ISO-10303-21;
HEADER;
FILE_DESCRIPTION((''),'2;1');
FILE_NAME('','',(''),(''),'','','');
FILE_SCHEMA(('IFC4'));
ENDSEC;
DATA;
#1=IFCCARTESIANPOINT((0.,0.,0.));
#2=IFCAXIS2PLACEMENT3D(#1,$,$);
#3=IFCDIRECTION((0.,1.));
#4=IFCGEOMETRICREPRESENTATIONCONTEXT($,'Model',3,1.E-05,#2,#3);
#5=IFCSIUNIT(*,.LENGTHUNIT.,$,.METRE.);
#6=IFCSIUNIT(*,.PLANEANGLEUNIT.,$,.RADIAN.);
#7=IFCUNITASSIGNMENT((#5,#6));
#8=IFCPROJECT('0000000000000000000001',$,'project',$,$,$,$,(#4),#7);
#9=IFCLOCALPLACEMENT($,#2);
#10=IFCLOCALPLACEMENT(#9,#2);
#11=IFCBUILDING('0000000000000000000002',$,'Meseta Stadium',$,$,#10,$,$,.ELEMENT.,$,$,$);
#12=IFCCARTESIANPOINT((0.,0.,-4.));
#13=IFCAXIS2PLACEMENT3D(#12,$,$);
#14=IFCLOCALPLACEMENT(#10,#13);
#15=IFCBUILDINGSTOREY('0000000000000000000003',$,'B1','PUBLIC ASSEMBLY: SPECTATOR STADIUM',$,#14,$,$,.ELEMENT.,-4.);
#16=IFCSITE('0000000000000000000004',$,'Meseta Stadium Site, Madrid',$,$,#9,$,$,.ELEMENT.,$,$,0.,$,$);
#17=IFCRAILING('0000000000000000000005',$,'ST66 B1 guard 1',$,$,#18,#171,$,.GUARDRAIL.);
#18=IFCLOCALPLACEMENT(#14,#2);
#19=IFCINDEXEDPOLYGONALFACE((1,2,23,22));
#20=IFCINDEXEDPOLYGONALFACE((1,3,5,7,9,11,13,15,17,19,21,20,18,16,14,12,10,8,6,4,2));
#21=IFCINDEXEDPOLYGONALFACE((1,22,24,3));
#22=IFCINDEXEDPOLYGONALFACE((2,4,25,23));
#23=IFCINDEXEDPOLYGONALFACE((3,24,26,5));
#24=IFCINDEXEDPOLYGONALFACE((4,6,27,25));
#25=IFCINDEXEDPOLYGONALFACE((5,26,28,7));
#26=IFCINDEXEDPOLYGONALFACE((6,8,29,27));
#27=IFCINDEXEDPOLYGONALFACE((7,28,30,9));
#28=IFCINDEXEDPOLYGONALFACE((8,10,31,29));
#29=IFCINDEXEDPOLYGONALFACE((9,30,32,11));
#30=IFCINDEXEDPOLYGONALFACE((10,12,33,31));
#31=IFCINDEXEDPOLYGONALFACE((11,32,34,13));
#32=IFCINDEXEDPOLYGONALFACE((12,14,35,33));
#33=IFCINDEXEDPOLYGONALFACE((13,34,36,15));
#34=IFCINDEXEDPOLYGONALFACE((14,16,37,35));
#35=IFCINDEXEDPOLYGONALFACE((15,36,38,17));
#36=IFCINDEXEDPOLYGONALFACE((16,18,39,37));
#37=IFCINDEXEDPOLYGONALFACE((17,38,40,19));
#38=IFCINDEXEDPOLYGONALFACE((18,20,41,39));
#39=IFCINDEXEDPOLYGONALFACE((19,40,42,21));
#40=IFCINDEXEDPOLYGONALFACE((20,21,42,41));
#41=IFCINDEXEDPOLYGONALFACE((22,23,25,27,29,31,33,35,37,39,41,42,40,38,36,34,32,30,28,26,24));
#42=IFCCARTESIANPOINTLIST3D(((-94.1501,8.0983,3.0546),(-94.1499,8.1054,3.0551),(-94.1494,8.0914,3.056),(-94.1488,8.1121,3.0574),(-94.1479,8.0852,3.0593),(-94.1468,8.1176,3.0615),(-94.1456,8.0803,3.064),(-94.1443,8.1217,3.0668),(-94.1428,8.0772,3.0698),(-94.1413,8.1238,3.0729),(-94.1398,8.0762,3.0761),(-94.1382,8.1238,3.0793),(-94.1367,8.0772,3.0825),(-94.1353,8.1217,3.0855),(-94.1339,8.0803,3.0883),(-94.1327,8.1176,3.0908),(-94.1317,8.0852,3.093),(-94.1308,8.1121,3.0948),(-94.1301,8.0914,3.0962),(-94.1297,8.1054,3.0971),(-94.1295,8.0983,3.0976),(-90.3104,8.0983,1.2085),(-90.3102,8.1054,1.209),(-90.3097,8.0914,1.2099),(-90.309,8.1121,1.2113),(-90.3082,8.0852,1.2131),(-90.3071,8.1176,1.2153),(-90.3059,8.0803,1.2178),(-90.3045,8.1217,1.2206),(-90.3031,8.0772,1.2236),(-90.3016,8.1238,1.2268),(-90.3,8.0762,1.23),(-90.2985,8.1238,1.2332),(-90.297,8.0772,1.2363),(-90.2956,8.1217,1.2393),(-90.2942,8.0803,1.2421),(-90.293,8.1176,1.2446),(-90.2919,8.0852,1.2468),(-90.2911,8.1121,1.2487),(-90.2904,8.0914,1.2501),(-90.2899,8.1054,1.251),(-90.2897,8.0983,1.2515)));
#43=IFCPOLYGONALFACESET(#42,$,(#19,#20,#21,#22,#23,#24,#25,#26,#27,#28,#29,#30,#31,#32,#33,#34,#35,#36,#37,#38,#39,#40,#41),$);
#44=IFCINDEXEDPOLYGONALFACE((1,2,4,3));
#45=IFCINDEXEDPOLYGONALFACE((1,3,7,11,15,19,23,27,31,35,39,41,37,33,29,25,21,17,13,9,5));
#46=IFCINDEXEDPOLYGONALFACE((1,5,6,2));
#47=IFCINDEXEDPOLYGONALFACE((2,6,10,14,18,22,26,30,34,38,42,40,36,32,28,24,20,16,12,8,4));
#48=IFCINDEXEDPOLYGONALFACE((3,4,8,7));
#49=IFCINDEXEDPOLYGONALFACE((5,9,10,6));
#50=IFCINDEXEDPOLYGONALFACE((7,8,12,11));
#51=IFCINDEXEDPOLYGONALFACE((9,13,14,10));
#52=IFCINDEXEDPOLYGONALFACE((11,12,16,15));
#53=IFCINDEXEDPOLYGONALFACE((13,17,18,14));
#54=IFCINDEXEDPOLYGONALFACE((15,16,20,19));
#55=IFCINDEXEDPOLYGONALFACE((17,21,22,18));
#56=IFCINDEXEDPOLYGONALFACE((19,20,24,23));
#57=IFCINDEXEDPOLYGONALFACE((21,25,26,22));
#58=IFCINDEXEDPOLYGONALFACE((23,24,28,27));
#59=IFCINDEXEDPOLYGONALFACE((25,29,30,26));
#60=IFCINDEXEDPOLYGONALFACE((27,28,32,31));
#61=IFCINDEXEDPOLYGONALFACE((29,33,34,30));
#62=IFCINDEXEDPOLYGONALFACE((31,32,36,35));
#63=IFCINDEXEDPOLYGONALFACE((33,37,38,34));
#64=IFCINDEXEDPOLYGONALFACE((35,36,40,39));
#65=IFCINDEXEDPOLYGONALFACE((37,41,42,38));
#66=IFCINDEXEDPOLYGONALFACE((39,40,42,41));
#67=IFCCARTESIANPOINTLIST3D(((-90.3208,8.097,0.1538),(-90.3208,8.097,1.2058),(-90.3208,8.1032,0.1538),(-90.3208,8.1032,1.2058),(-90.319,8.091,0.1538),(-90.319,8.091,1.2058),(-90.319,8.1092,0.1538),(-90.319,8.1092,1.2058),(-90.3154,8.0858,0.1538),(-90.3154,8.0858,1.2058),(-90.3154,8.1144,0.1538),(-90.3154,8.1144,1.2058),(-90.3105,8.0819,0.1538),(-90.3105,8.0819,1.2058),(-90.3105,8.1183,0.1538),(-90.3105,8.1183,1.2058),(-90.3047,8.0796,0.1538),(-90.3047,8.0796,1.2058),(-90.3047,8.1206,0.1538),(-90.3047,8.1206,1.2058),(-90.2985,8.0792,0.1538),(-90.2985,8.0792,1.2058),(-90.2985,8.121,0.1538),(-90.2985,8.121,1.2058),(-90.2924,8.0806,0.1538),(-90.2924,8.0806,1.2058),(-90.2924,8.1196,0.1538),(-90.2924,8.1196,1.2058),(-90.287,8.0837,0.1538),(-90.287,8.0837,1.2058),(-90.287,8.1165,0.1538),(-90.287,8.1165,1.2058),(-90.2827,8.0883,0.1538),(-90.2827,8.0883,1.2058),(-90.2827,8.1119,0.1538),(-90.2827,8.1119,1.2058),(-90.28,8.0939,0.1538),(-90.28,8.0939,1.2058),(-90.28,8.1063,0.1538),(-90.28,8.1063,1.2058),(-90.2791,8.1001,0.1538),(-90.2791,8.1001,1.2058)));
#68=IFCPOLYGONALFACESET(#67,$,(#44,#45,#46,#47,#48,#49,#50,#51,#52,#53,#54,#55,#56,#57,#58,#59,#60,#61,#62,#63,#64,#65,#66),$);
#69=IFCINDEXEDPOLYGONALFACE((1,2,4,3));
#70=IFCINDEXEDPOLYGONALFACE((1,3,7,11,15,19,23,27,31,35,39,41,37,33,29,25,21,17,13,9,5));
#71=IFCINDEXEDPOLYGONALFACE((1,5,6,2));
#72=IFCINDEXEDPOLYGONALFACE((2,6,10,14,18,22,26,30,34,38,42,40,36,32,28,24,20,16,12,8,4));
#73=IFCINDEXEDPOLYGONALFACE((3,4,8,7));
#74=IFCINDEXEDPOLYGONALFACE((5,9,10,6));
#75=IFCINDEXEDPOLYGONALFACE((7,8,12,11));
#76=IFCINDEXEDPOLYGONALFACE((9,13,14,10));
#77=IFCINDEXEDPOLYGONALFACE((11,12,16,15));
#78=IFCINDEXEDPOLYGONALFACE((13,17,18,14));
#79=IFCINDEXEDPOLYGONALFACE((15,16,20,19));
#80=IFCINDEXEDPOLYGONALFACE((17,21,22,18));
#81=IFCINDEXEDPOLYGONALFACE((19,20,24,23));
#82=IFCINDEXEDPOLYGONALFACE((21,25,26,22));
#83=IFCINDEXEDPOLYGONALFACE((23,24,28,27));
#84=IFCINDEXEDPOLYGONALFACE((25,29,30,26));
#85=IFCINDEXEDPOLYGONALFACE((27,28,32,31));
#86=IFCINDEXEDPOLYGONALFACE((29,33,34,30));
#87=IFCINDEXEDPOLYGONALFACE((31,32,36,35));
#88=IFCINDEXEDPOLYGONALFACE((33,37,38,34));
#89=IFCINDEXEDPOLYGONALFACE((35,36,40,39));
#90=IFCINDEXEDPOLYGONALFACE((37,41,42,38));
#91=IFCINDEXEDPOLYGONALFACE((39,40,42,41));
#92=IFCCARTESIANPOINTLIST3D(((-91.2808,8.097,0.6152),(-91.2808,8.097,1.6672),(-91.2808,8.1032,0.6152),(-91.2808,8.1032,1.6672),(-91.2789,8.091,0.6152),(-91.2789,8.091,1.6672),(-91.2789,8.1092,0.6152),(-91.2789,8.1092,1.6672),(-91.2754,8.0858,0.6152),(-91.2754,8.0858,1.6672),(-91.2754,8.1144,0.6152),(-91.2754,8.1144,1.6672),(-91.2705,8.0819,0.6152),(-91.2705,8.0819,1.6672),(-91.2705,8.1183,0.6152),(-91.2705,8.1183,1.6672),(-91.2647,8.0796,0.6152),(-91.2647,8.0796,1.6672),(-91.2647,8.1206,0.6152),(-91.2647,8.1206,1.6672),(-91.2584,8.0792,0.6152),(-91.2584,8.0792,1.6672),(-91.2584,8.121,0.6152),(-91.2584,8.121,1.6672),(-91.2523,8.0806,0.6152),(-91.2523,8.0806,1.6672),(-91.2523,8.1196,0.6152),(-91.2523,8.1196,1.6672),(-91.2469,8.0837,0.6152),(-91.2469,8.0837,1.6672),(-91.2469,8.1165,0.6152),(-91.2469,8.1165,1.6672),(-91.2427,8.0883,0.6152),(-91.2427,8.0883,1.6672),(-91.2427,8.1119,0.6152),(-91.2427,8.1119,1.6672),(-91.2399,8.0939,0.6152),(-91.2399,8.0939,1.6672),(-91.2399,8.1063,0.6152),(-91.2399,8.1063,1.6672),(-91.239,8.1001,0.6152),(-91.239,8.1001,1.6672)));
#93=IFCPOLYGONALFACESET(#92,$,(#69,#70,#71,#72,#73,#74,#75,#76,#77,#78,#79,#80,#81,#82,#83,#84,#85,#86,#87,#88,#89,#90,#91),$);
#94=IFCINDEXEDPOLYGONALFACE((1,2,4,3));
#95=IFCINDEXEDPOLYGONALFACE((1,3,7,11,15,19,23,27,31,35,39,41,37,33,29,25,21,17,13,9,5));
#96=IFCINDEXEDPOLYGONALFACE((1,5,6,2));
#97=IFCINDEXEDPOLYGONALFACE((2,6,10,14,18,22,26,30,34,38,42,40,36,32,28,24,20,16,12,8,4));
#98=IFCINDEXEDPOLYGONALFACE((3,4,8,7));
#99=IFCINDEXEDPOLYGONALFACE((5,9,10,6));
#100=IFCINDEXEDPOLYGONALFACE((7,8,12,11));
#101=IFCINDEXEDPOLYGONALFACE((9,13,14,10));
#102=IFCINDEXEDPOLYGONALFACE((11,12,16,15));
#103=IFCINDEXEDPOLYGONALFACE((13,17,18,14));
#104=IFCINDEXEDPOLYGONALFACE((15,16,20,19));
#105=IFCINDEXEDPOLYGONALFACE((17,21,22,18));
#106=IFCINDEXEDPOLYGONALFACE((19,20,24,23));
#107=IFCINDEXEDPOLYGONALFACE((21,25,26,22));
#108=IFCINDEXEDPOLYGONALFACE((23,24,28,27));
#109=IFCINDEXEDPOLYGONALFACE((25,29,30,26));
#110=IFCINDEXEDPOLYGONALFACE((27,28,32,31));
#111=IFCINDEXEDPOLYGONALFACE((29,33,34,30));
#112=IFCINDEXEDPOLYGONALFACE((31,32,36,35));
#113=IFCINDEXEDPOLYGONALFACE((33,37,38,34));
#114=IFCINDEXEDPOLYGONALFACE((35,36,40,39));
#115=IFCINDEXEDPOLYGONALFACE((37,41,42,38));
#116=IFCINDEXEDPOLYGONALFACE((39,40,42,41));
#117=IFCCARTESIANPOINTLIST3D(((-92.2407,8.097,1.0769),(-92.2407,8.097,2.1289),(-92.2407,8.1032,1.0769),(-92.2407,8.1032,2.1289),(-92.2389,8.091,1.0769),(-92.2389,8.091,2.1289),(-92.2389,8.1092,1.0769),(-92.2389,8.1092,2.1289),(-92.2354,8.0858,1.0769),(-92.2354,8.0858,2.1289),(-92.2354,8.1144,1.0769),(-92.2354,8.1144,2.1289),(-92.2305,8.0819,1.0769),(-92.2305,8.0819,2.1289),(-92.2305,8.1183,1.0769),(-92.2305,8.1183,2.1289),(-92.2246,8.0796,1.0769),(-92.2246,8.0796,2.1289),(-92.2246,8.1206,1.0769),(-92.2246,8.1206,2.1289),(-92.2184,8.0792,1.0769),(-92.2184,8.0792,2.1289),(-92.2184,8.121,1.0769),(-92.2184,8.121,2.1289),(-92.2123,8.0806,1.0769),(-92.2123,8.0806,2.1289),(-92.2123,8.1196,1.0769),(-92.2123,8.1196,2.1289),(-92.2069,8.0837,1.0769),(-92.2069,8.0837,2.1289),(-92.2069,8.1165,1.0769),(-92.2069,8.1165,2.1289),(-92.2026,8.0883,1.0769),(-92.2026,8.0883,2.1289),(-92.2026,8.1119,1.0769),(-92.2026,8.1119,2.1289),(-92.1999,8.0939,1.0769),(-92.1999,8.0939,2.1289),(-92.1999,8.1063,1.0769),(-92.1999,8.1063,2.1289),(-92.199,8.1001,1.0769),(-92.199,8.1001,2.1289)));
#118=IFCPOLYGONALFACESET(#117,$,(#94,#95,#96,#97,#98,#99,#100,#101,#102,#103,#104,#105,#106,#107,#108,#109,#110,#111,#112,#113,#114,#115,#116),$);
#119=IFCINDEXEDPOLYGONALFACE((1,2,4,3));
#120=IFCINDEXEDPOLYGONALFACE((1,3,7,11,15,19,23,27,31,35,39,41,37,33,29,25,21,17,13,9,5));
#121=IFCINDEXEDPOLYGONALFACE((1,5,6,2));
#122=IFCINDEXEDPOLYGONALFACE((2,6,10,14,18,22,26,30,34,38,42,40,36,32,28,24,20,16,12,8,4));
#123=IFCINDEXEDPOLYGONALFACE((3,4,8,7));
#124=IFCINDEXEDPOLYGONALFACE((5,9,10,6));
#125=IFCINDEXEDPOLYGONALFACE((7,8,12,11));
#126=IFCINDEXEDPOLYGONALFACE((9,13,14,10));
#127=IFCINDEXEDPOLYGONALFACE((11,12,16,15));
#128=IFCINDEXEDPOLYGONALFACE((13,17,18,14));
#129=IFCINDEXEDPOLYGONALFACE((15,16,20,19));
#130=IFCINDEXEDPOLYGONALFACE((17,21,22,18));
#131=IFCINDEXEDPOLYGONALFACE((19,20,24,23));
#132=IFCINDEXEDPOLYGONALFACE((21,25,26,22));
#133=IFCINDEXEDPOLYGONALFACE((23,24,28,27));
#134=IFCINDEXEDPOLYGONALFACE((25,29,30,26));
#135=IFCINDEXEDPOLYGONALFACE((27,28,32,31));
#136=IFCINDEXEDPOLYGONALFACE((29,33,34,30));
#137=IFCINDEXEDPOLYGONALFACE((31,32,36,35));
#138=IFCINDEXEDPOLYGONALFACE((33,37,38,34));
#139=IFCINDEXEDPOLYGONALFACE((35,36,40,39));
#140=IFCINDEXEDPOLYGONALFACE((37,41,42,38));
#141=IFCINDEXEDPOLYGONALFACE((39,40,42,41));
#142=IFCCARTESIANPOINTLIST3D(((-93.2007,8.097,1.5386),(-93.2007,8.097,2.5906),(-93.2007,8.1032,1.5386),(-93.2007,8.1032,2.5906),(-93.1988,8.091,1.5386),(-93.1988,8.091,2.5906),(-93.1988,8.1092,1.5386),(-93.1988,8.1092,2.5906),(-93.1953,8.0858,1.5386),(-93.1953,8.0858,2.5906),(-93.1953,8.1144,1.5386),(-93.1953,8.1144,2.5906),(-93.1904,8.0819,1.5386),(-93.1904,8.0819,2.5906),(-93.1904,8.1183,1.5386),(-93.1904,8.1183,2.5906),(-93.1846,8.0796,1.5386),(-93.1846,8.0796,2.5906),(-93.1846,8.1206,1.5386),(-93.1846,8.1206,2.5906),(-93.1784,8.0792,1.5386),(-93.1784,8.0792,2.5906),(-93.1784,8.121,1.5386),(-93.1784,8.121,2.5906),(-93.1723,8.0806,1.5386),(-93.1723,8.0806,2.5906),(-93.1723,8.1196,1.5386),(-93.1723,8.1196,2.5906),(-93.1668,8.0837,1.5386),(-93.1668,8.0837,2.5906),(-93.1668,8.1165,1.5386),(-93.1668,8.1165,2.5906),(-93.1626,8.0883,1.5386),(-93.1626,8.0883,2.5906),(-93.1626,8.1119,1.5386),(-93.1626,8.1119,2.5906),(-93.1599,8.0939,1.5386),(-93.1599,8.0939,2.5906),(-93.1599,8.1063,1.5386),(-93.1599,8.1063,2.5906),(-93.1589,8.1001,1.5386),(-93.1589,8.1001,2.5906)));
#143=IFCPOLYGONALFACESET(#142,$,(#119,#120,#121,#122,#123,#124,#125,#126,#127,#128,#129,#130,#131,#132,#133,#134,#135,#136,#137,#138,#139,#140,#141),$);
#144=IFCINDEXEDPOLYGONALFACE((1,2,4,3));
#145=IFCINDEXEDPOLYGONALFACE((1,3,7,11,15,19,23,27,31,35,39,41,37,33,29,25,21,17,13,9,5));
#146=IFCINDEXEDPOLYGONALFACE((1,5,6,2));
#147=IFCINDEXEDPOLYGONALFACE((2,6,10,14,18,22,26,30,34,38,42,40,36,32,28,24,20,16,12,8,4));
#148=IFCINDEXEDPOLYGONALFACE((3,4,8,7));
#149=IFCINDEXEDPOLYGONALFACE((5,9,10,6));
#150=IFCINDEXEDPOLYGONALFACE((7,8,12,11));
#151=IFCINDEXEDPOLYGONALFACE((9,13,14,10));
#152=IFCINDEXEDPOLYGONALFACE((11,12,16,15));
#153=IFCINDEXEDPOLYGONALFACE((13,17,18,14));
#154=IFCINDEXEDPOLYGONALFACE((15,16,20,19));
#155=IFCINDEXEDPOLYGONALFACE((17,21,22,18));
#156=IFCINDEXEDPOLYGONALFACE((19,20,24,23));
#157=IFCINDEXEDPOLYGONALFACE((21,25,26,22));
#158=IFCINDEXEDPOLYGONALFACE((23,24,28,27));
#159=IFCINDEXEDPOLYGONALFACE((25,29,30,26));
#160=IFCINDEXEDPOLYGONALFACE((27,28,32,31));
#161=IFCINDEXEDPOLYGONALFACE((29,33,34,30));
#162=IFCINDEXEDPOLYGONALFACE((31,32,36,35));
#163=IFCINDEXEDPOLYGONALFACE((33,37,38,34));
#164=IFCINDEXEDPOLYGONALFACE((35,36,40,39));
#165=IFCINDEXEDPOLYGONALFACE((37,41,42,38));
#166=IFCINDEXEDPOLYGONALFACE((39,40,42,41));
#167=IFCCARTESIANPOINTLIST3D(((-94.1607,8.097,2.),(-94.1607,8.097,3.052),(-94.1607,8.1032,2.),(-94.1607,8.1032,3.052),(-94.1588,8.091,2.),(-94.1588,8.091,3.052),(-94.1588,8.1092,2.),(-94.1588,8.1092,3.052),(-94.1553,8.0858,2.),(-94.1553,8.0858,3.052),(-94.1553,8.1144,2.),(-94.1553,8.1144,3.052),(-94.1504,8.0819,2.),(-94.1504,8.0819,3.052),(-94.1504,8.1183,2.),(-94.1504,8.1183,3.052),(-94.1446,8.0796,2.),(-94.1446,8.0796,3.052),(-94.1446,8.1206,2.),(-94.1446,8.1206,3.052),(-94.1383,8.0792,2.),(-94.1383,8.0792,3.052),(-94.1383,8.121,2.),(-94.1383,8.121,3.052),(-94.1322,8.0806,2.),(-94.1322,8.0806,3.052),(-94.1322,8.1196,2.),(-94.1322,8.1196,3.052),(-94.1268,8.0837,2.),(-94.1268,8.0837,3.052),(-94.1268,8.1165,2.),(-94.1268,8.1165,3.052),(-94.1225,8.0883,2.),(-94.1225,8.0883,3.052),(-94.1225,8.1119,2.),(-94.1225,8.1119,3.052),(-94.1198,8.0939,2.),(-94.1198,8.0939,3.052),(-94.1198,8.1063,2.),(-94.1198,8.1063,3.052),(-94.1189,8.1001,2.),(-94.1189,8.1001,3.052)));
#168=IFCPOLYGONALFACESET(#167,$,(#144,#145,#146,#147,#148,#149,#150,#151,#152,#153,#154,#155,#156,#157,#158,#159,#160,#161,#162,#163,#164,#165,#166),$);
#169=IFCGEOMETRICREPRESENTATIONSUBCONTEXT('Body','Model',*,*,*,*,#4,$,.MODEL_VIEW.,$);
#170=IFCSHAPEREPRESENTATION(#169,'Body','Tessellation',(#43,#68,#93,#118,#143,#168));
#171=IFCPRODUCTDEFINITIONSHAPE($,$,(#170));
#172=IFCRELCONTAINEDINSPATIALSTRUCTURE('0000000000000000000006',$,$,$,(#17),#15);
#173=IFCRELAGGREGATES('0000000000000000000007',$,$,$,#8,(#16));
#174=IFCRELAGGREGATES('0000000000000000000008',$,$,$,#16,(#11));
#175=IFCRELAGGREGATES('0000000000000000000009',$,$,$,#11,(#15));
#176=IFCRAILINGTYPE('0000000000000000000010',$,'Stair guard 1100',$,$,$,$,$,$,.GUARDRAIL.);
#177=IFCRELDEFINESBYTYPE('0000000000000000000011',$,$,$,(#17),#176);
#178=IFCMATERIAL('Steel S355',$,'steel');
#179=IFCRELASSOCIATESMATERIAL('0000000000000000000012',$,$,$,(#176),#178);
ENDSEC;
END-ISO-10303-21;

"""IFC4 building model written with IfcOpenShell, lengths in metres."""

from ifc_helpers import new_model, si_unit, direction, frame, origin, origin_2d, place, context, subcontext, project, spatial, circle, extrude, material, type_object, element, save


model = new_model("IFC4")

# Units and contexts
model_context = context("Model", 3, precision=1e-05, world=origin(), true_north=direction((0.0, 1.0)))
body_context = subcontext(model_context, "Body", "Model", "MODEL_VIEW")
ifc_project = project(units=[si_unit("LENGTHUNIT", "METRE"), si_unit("PLANEANGLEUNIT", "RADIAN")], contexts=[model_context])

# Site, building, storey
site_placement = place(None, origin())
site = spatial("IfcSite", under=ifc_project, at=site_placement, Name="Meseta Stadium Site, Madrid", CompositionType="ELEMENT", RefElevation=0.0)
building_placement = place(site_placement, origin())
building = spatial("IfcBuilding", under=site, at=building_placement, Name="Meseta Stadium", CompositionType="ELEMENT")
storey_placement = place(building_placement, frame((0.0, 0.0, -4.0)))
storey = spatial("IfcBuildingStorey", under=building, at=storey_placement, Name="B1", Description="PUBLIC ASSEMBLY: SPECTATOR STADIUM", CompositionType="ELEMENT", Elevation=-4.0)

# Railing
ifc_material_1 = material(Name="Steel S355", Category="steel")
railing_type_1 = type_object("IfcRailingType", Name="Stair guard 1100", PredefinedType="GUARDRAIL", material=ifc_material_1)
railing_1_placement = place(storey_placement, frame((-90.3, 8.1001, 0.1538)))
element("IfcRailing", 1, at=railing_1_placement, inside=storey, type_object=railing_type_1, Name="ST66 B1 guard 1", PredefinedType="GUARDRAIL", context=body_context, shape_type="SweptSolid", body=[
    extrude(circle(Radius=0.0239, at=origin_2d()), frame((0.0, 0.0, 1.0762), z_axis=(-0.901242, 0.0, 0.433316), x_axis=(0.0, -1.0, 0.0)), (0.0, 0.0, 1.0), 4.2605),
    extrude(circle(Radius=0.021, at=origin_2d()), origin(), (0.0, 0.0, 1.0), 1.052),
    extrude(circle(Radius=0.021, at=origin_2d()), frame((-0.96, 0.0, 0.4614)), (0.0, 0.0, 1.0), 1.052),
    extrude(circle(Radius=0.021, at=origin_2d()), frame((-1.9199, 0.0, 0.9231)), (0.0, 0.0, 1.0), 1.052),
    extrude(circle(Radius=0.021, at=origin_2d()), frame((-2.8799, 0.0, 1.3848)), (0.0, 0.0, 1.0), 1.052),
    extrude(circle(Radius=0.021, at=origin_2d()), frame((-3.8398, 0.0, 1.8462)), (0.0, 0.0, 1.0), 1.052),
])

save(model, "model.ifc")
